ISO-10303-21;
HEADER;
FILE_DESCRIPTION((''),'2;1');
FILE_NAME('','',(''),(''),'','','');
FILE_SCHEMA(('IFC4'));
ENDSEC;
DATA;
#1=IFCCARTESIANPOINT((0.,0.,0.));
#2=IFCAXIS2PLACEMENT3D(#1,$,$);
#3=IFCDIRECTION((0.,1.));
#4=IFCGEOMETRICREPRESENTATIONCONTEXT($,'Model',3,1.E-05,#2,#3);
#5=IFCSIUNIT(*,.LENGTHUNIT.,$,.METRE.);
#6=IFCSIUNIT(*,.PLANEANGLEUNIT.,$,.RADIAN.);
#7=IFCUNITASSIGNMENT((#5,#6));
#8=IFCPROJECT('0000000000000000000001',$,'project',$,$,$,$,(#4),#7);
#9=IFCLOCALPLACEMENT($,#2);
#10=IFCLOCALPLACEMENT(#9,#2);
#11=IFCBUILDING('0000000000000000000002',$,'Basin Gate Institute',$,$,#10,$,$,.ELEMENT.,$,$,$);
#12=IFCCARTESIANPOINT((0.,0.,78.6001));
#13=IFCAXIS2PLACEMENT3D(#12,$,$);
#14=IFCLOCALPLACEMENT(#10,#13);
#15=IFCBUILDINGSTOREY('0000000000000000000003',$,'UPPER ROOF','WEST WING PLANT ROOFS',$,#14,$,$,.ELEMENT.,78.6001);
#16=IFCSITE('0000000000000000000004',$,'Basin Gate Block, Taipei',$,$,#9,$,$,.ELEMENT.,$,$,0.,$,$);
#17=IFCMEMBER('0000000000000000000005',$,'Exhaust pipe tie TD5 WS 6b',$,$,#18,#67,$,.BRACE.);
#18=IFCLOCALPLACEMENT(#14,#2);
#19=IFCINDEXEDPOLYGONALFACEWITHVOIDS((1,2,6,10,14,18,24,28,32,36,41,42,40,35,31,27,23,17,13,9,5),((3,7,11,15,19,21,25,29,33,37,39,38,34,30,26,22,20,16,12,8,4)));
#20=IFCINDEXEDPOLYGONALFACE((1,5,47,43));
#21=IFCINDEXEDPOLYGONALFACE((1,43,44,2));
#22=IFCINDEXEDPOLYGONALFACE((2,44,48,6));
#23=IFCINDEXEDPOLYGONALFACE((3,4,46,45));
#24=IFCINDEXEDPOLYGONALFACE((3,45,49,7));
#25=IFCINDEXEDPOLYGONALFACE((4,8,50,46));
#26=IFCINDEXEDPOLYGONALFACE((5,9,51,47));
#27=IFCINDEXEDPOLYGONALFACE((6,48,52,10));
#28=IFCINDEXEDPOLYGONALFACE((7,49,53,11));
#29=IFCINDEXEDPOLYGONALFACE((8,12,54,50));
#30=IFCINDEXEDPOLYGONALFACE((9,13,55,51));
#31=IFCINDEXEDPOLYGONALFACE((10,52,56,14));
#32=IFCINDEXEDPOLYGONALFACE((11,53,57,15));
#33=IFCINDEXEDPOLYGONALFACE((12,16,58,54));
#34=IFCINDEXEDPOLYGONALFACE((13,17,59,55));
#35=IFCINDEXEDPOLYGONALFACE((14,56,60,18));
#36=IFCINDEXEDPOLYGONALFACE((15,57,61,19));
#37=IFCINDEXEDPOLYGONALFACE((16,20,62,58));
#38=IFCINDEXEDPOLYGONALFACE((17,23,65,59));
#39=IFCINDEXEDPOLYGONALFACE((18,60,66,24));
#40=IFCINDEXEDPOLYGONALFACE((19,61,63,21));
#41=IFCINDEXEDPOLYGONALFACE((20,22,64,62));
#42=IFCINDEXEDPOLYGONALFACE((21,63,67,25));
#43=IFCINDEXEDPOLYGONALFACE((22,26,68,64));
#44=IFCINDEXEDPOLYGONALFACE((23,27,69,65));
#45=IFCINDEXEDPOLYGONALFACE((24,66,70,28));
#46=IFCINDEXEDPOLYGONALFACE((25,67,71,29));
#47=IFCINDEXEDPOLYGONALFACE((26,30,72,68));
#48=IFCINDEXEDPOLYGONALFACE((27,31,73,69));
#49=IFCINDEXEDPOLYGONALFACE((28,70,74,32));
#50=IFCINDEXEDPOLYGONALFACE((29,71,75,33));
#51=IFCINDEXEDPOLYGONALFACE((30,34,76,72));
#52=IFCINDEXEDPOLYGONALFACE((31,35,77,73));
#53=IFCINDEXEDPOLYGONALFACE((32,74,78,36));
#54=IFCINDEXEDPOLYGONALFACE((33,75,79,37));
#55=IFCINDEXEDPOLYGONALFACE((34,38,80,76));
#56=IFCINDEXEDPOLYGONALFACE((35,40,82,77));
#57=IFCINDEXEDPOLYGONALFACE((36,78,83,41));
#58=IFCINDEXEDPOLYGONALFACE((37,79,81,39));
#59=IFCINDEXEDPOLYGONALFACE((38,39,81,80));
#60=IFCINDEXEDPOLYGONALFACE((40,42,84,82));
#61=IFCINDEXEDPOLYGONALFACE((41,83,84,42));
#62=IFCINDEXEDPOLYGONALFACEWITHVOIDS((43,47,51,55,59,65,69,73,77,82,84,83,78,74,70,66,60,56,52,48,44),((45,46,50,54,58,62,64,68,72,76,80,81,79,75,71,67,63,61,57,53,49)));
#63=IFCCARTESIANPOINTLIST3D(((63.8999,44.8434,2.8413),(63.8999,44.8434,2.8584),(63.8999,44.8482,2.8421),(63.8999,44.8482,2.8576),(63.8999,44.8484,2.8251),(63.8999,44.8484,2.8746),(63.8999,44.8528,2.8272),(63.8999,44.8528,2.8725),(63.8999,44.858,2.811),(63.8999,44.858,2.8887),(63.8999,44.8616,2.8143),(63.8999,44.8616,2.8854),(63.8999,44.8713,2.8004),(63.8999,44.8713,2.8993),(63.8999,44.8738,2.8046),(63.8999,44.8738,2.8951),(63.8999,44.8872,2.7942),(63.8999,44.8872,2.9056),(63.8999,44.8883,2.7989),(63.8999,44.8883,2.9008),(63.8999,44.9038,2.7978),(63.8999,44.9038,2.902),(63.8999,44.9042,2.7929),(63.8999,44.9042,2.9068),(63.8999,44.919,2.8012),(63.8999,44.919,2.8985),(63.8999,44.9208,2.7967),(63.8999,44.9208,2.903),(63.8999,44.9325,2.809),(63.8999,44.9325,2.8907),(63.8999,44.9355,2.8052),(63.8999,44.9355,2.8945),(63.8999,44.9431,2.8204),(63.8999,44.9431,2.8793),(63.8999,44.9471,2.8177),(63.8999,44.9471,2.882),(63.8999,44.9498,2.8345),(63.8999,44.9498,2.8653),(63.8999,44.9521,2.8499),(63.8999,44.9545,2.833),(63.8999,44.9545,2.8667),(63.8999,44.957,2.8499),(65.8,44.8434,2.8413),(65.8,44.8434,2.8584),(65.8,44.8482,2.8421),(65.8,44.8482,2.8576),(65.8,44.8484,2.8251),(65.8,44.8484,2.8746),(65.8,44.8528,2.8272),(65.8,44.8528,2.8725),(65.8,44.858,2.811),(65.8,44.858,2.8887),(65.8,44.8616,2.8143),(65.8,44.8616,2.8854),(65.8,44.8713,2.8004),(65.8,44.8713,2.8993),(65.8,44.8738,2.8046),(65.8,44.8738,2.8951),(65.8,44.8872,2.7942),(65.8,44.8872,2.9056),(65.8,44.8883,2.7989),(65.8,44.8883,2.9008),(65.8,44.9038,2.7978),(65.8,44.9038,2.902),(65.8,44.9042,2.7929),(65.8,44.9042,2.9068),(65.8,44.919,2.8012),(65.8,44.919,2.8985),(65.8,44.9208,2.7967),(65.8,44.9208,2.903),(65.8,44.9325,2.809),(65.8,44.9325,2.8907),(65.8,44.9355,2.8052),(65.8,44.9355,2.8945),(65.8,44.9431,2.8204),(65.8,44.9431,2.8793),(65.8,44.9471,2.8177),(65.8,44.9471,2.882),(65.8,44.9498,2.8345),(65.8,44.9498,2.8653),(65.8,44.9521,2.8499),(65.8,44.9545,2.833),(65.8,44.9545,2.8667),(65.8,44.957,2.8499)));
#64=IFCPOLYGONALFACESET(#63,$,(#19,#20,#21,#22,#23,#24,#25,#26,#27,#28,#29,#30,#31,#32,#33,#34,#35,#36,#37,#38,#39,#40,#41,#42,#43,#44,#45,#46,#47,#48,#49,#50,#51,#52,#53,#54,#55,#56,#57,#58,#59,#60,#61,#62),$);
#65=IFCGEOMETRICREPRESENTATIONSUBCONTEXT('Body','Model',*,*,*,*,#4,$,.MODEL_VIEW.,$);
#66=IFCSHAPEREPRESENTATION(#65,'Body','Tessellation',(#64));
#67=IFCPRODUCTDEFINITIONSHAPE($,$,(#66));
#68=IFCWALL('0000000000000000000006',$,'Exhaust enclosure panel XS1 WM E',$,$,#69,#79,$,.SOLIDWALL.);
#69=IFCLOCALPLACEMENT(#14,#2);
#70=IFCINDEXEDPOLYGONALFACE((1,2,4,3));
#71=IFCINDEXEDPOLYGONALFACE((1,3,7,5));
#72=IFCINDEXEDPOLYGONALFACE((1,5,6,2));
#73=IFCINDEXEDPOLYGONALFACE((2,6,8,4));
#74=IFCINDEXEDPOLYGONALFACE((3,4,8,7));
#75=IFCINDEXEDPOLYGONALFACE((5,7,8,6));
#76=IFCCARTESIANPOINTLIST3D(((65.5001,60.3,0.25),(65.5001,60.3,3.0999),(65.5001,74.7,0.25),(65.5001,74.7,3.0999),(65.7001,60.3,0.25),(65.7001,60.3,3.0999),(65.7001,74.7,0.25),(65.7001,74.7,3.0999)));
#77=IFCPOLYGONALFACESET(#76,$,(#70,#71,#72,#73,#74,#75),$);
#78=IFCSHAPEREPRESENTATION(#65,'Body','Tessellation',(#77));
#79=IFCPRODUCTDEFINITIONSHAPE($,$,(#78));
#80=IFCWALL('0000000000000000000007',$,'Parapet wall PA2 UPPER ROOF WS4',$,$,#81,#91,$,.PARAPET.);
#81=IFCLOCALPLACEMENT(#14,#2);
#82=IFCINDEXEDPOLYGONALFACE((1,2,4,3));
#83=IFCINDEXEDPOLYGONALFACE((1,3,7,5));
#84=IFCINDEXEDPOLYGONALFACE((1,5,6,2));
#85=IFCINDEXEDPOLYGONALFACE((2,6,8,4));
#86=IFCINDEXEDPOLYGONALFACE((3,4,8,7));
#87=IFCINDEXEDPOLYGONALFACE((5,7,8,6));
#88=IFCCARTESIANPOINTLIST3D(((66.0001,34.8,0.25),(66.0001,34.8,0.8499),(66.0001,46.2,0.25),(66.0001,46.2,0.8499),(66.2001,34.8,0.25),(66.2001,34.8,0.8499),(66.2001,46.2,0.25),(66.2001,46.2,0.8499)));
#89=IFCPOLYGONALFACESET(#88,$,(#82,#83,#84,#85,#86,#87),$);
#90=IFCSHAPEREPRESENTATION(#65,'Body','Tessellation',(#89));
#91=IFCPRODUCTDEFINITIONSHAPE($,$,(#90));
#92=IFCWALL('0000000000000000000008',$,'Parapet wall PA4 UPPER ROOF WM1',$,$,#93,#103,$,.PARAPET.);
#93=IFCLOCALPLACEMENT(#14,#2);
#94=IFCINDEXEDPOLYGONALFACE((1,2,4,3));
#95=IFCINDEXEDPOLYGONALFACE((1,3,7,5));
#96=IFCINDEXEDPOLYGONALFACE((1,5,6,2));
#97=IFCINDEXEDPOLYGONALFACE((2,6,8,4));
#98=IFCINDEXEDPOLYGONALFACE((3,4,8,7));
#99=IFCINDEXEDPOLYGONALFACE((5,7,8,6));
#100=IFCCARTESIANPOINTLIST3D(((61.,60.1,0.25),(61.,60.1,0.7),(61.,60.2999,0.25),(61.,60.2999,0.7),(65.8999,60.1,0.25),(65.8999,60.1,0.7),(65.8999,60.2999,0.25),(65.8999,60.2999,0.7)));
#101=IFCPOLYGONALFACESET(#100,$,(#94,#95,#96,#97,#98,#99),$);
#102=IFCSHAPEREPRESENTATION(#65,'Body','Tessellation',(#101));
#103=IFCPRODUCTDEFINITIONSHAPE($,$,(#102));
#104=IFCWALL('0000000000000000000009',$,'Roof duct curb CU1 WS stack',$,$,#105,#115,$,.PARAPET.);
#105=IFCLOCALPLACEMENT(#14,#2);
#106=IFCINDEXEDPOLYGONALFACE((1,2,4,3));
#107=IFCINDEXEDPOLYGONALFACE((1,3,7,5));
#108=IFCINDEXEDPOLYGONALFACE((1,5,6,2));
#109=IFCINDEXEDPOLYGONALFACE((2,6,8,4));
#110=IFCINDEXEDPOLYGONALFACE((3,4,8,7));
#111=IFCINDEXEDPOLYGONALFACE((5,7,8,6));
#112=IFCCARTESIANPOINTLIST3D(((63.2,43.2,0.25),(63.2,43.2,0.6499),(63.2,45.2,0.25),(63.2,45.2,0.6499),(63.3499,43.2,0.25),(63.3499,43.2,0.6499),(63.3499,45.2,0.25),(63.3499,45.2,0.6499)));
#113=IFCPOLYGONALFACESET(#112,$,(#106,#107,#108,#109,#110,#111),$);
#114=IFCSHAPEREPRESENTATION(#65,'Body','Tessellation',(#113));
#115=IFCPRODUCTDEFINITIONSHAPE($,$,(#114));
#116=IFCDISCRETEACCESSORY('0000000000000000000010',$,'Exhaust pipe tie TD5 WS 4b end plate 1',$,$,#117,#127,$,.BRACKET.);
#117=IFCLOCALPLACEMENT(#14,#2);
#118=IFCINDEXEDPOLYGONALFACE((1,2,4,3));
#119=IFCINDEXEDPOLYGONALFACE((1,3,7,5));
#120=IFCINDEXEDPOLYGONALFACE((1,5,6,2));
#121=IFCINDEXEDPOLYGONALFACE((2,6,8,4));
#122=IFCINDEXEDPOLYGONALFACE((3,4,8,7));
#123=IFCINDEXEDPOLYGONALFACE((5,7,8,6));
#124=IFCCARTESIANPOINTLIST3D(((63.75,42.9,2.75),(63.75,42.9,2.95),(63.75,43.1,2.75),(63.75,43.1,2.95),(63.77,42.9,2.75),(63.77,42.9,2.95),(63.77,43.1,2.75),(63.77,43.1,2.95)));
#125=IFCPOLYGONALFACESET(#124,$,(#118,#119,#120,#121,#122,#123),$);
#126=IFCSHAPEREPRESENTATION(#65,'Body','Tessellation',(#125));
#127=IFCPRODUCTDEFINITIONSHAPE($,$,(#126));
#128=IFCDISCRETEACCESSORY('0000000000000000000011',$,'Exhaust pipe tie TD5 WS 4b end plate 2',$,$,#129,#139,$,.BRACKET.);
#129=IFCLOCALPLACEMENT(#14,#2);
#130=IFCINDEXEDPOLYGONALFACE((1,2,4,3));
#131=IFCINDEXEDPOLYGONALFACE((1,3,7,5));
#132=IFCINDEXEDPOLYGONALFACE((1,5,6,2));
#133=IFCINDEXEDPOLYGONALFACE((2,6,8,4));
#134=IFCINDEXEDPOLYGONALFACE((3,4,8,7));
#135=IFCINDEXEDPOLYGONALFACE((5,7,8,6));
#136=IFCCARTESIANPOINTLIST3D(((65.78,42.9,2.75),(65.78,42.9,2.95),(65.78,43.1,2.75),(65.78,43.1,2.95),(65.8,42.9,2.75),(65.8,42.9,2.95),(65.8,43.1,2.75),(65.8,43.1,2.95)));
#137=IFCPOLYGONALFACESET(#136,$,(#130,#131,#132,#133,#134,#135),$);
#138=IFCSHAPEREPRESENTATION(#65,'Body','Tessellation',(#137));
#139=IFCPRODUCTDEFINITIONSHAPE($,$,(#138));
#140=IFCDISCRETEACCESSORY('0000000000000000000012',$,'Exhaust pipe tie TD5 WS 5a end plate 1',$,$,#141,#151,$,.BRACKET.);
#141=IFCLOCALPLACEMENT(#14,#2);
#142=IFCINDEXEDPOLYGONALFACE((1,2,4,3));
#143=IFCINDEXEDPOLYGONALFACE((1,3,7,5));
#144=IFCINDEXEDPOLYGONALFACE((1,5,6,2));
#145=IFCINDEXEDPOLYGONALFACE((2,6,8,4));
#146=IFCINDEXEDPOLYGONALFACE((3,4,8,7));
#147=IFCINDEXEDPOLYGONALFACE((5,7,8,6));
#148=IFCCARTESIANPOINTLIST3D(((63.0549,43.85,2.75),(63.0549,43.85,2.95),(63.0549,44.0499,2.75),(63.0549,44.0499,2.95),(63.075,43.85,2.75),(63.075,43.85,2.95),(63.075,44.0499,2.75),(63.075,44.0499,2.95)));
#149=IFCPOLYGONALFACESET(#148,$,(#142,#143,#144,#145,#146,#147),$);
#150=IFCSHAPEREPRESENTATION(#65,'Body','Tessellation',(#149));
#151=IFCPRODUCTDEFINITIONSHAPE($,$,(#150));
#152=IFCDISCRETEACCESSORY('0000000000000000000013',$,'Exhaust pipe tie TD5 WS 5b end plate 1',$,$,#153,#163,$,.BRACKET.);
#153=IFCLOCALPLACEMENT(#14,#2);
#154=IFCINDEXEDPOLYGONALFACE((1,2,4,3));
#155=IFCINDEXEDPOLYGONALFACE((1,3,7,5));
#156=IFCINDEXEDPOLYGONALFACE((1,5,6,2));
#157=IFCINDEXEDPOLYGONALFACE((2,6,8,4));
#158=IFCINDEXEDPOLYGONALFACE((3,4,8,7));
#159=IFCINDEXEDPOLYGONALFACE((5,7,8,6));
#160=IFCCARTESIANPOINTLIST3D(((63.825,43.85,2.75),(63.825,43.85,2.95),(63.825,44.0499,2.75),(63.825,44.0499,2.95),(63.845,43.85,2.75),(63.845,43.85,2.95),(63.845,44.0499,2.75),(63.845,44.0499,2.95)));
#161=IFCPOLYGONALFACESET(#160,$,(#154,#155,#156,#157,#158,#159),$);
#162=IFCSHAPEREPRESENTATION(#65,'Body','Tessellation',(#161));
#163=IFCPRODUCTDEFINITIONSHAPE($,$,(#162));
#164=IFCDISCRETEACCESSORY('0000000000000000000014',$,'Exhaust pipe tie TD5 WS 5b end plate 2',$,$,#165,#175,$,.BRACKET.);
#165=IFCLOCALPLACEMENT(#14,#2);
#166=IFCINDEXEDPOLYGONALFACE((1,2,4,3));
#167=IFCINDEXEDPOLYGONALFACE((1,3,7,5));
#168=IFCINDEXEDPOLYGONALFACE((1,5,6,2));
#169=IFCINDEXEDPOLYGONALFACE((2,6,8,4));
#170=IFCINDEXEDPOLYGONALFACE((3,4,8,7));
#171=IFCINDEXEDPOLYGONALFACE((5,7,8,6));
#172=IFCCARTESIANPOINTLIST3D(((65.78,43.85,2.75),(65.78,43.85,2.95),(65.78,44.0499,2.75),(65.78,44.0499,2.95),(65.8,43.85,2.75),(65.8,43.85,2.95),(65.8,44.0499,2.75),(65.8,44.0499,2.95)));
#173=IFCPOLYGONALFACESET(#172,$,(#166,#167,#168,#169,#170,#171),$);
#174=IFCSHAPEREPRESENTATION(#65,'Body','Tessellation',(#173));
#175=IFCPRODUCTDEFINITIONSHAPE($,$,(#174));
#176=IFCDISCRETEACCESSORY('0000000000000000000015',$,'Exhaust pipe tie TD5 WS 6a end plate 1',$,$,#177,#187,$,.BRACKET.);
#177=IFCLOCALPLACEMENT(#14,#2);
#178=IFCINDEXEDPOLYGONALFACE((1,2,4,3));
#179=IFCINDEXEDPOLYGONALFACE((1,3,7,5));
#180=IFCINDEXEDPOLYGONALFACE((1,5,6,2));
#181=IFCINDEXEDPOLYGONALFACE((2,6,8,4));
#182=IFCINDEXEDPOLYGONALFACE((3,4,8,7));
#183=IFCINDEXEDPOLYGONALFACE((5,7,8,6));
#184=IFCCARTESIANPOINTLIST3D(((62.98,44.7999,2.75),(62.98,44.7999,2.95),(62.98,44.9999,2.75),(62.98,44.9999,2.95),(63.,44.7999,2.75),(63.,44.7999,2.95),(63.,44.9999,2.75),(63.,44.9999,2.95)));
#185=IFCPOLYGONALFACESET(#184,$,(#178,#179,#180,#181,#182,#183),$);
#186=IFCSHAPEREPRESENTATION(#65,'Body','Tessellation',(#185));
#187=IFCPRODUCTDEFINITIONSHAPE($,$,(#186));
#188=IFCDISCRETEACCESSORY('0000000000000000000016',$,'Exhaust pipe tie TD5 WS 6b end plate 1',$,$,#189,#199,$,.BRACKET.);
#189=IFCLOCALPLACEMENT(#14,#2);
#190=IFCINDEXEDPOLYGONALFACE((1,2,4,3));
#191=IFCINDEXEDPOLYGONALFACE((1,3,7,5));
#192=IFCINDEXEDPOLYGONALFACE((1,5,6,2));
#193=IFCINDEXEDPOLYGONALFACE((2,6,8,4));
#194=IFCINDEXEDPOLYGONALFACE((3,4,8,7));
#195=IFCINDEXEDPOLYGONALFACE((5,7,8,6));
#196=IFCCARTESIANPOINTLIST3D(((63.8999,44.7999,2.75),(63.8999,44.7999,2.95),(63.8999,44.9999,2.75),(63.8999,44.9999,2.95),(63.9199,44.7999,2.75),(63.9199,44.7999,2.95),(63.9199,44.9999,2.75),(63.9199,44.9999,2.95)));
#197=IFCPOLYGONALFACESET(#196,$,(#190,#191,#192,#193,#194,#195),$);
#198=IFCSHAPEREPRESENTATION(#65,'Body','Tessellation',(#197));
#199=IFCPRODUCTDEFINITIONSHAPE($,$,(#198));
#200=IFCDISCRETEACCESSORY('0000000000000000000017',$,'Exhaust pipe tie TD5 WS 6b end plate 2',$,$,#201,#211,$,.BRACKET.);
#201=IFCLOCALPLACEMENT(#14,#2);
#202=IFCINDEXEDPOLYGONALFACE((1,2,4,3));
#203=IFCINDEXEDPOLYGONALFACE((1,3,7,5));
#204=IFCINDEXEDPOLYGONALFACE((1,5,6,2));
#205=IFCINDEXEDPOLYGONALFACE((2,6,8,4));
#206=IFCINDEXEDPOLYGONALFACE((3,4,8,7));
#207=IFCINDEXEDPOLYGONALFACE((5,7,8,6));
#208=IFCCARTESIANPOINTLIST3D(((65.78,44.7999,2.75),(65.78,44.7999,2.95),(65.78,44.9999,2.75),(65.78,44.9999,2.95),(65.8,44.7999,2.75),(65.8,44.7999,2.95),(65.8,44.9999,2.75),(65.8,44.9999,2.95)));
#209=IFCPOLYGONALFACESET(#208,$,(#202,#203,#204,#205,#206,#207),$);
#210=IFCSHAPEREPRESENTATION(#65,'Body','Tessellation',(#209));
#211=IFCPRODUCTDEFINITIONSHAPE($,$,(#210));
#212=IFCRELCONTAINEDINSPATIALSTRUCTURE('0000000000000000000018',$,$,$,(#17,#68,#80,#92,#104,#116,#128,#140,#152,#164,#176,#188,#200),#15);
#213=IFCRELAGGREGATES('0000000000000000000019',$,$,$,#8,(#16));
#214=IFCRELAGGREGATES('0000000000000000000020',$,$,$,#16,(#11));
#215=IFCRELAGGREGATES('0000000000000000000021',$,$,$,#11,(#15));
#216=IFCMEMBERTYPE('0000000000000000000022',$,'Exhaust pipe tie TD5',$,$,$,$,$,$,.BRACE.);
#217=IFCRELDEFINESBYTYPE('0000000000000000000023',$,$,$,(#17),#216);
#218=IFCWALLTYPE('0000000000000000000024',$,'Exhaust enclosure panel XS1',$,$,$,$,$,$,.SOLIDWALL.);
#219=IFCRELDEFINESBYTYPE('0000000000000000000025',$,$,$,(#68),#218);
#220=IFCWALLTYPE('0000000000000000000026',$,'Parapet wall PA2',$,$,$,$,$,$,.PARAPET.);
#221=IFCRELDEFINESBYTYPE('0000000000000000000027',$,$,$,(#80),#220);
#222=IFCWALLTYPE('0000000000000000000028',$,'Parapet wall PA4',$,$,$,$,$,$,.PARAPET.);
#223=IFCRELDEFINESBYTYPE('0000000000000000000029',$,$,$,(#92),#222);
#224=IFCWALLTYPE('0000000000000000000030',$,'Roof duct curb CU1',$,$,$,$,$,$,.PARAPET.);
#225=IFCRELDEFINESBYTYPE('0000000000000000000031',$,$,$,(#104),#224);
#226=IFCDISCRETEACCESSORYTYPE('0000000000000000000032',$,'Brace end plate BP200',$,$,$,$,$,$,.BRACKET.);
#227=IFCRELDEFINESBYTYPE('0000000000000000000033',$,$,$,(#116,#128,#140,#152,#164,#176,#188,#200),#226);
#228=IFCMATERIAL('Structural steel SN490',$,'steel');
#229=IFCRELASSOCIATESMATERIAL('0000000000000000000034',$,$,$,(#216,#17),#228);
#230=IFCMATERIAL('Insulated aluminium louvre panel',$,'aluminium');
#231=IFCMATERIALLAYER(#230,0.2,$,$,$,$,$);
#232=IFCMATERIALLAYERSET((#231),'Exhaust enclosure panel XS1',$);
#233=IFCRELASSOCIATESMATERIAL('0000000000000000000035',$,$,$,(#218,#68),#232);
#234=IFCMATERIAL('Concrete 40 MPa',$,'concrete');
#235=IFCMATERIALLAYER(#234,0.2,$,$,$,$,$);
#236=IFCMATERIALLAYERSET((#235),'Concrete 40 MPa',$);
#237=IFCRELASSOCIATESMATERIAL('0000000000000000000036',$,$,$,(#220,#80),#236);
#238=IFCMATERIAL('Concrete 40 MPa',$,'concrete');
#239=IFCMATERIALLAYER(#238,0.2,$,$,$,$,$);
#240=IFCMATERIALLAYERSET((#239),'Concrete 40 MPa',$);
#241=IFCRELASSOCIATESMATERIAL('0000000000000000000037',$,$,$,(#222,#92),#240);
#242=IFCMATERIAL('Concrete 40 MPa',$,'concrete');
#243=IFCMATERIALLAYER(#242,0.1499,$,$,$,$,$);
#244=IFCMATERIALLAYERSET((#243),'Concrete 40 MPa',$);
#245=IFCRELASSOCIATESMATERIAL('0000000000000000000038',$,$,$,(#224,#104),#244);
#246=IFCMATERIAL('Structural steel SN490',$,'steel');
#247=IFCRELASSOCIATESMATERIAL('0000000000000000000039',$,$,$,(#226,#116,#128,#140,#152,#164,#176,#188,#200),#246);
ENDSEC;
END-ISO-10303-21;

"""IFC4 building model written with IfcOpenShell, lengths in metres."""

from ifc_helpers import new_model, si_unit, direction, frame, frame_2d, origin, origin_2d, place, context, subcontext, project, spatial, rectangle, hollow_circle, extrude, material, layer, layer_set, material_profile, profile_set, type_object, element, save


model = new_model("IFC4")

# Units and contexts
model_context = context("Model", 3, precision=1e-05, world=origin(), true_north=direction((0.0, 1.0)))
body_context = subcontext(model_context, "Body", "Model", "MODEL_VIEW")
ifc_project = project(units=[si_unit("LENGTHUNIT", "METRE"), si_unit("PLANEANGLEUNIT", "RADIAN")], contexts=[model_context])

# Site, building, storey
site_placement = place(None, origin())
site = spatial("IfcSite", under=ifc_project, at=site_placement, Name="Basin Gate Block, Taipei", CompositionType="ELEMENT", RefElevation=0.0)
building_placement = place(site_placement, origin())
building = spatial("IfcBuilding", under=site, at=building_placement, Name="Basin Gate Institute", CompositionType="ELEMENT")
storey_placement = place(building_placement, frame((0.0, 0.0, 78.6001)))
storey = spatial("IfcBuildingStorey", under=building, at=storey_placement, Name="UPPER ROOF", Description="WEST WING PLANT ROOFS", CompositionType="ELEMENT", Elevation=78.6001)

# Member
ifc_material_1 = material(Name="Structural steel SN490", Category="steel")
ifc_material_profile_1 = material_profile(ifc_material_1, hollow_circle(Radius=0.0571, WallThickness=0.0049, at=origin_2d()), Name="CHS114x5")
ifc_profile_set_1 = profile_set([ifc_material_profile_1], Name="Structural steel SN490")
member_type_1 = type_object("IfcMemberType", Name="Exhaust pipe tie TD5", PredefinedType="BRACE", material=ifc_profile_set_1)
member_1_placement = place(storey_placement, frame((63.8999, 44.8999, 2.8499), z_axis=(1.0, 0.0, 0.0), x_axis=(0.0, 1.0, 0.0)))
element("IfcMember", 1, at=member_1_placement, inside=storey, type_object=member_type_1, material=ifc_profile_set_1, Name="Exhaust pipe tie TD5 WS 6b", PredefinedType="BRACE", context=body_context, shape_type="SweptSolid", body=[
    extrude(hollow_circle(Radius=0.0571, WallThickness=0.0049, at=origin_2d()), origin(), (0.0, 0.0, 1.0), 1.9001),
])

# Walls
ifc_material_2 = material(Name="Insulated aluminium louvre panel", Category="aluminium")
ifc_layer_1 = layer(ifc_material_2, 0.2)
ifc_layer_set_1 = layer_set([ifc_layer_1], Name="Exhaust enclosure panel XS1")
wall_type_1 = type_object("IfcWallType", Name="Exhaust enclosure panel XS1", PredefinedType="SOLIDWALL", material=ifc_layer_set_1)
wall_1_placement = place(storey_placement, frame((65.6001, 60.3, 0.25), z_axis=(0.0, 0.0, 1.0), x_axis=(0.0, 1.0, 0.0)))
element("IfcWall", 2, at=wall_1_placement, inside=storey, type_object=wall_type_1, material=ifc_layer_set_1, Name="Exhaust enclosure panel XS1 WM E", PredefinedType="SOLIDWALL", context=body_context, shape_type="SweptSolid", body=[
    extrude(rectangle(XDim=14.3999, YDim=0.2, at=frame_2d((7.2, 0.0))), origin(), (0.0, 0.0, 1.0), 2.8499),
])
ifc_material_3 = material(Name="Concrete 40 MPa", Category="concrete")
ifc_layer_2 = layer(ifc_material_3, 0.2)
ifc_layer_set_2 = layer_set([ifc_layer_2], Name="Concrete 40 MPa")
wall_type_2 = type_object("IfcWallType", Name="Parapet wall PA2", PredefinedType="PARAPET", material=ifc_layer_set_2)
wall_2_placement = place(storey_placement, frame((66.1001, 46.2, 0.25), z_axis=(0.0, 0.0, 1.0), x_axis=(0.0, -1.0, 0.0)))
element("IfcWall", 3, at=wall_2_placement, inside=storey, type_object=wall_type_2, material=ifc_layer_set_2, Name="Parapet wall PA2 UPPER ROOF WS4", PredefinedType="PARAPET", context=body_context, shape_type="SweptSolid", body=[
    extrude(rectangle(XDim=11.3999, YDim=0.2, at=frame_2d((5.7, 0.0))), origin(), (0.0, 0.0, 1.0), 0.5999),
])
ifc_material_4 = material(Name="Concrete 40 MPa", Category="concrete")
ifc_layer_3 = layer(ifc_material_4, 0.2)
ifc_layer_set_3 = layer_set([ifc_layer_3], Name="Concrete 40 MPa")
wall_type_3 = type_object("IfcWallType", Name="Parapet wall PA4", PredefinedType="PARAPET", material=ifc_layer_set_3)
wall_3_placement = place(storey_placement, frame((65.8999, 60.2, 0.25), z_axis=(0.0, 0.0, 1.0), x_axis=(-1.0, 0.0, 0.0)))
element("IfcWall", 4, at=wall_3_placement, inside=storey, type_object=wall_type_3, material=ifc_layer_set_3, Name="Parapet wall PA4 UPPER ROOF WM1", PredefinedType="PARAPET", context=body_context, shape_type="SweptSolid", body=[
    extrude(rectangle(XDim=4.8999, YDim=0.2, at=frame_2d((2.45, 0.0))), origin(), (0.0, 0.0, 1.0), 0.45),
])
ifc_material_5 = material(Name="Concrete 40 MPa", Category="concrete")
ifc_layer_4 = layer(ifc_material_5, 0.1499)
ifc_layer_set_4 = layer_set([ifc_layer_4], Name="Concrete 40 MPa")
wall_type_4 = type_object("IfcWallType", Name="Roof duct curb CU1", PredefinedType="PARAPET", material=ifc_layer_set_4)
wall_4_placement = place(storey_placement, frame((63.2749, 43.2, 0.25), z_axis=(0.0, 0.0, 1.0), x_axis=(0.0, 1.0, 0.0)))
element("IfcWall", 5, at=wall_4_placement, inside=storey, type_object=wall_type_4, material=ifc_layer_set_4, Name="Roof duct curb CU1 WS stack", PredefinedType="PARAPET", context=body_context, shape_type="SweptSolid", body=[
    extrude(rectangle(XDim=2.0, YDim=0.1499, at=frame_2d((1.0, 0.0))), origin(), (0.0, 0.0, 1.0), 0.3999),
])

# Discrete accessories
ifc_material_6 = material(Name="Structural steel SN490", Category="steel")
discrete_accessory_type = type_object("IfcDiscreteAccessoryType", Name="Brace end plate BP200", PredefinedType="BRACKET", material=ifc_material_6)
for number, where, z_axis, x_axis, name in (
    (6, (63.76, 43.0, 2.75), (0.0, 0.0, 1.0), (1.0, 0.0, 0.0), "Exhaust pipe tie TD5 WS 4b end plate 1"),
    (7, (65.79, 43.0, 2.75), (0.0, 0.0, 1.0), (1.0, 0.0, 0.0), "Exhaust pipe tie TD5 WS 4b end plate 2"),
    (8, (63.0649, 43.95, 2.75), (0.0, 0.0, 1.0), (1.0, 0.0, 0.0), "Exhaust pipe tie TD5 WS 5a end plate 1"),
    (9, (63.835, 43.95, 2.75), (0.0, 0.0, 1.0), (1.0, 0.0, 0.0), "Exhaust pipe tie TD5 WS 5b end plate 1"),
    (10, (65.79, 43.95, 2.75), (0.0, 0.0, 1.0), (1.0, 0.0, 0.0), "Exhaust pipe tie TD5 WS 5b end plate 2"),
    (11, (62.99, 44.8999, 2.75), (0.0, 0.0, 1.0), (1.0, 0.0, 0.0), "Exhaust pipe tie TD5 WS 6a end plate 1"),
    (12, (63.9099, 44.8999, 2.75), (0.0, 0.0, 1.0), (1.0, 0.0, 0.0), "Exhaust pipe tie TD5 WS 6b end plate 1"),
    (13, (65.79, 44.8999, 2.75), (0.0, 0.0, 1.0), (1.0, 0.0, 0.0), "Exhaust pipe tie TD5 WS 6b end plate 2"),
):
    element("IfcDiscreteAccessory", number, at=place(storey_placement, frame(where, z_axis=z_axis, x_axis=x_axis)), inside=storey, type_object=discrete_accessory_type, material=ifc_material_6, Name=name, PredefinedType="BRACKET", context=body_context, shape_type="SweptSolid", body=[
        extrude(rectangle(XDim=0.02, YDim=0.2, at=origin_2d()), origin(), (0.0, 0.0, 1.0), 0.2),
    ])

save(model, "model.ifc")
